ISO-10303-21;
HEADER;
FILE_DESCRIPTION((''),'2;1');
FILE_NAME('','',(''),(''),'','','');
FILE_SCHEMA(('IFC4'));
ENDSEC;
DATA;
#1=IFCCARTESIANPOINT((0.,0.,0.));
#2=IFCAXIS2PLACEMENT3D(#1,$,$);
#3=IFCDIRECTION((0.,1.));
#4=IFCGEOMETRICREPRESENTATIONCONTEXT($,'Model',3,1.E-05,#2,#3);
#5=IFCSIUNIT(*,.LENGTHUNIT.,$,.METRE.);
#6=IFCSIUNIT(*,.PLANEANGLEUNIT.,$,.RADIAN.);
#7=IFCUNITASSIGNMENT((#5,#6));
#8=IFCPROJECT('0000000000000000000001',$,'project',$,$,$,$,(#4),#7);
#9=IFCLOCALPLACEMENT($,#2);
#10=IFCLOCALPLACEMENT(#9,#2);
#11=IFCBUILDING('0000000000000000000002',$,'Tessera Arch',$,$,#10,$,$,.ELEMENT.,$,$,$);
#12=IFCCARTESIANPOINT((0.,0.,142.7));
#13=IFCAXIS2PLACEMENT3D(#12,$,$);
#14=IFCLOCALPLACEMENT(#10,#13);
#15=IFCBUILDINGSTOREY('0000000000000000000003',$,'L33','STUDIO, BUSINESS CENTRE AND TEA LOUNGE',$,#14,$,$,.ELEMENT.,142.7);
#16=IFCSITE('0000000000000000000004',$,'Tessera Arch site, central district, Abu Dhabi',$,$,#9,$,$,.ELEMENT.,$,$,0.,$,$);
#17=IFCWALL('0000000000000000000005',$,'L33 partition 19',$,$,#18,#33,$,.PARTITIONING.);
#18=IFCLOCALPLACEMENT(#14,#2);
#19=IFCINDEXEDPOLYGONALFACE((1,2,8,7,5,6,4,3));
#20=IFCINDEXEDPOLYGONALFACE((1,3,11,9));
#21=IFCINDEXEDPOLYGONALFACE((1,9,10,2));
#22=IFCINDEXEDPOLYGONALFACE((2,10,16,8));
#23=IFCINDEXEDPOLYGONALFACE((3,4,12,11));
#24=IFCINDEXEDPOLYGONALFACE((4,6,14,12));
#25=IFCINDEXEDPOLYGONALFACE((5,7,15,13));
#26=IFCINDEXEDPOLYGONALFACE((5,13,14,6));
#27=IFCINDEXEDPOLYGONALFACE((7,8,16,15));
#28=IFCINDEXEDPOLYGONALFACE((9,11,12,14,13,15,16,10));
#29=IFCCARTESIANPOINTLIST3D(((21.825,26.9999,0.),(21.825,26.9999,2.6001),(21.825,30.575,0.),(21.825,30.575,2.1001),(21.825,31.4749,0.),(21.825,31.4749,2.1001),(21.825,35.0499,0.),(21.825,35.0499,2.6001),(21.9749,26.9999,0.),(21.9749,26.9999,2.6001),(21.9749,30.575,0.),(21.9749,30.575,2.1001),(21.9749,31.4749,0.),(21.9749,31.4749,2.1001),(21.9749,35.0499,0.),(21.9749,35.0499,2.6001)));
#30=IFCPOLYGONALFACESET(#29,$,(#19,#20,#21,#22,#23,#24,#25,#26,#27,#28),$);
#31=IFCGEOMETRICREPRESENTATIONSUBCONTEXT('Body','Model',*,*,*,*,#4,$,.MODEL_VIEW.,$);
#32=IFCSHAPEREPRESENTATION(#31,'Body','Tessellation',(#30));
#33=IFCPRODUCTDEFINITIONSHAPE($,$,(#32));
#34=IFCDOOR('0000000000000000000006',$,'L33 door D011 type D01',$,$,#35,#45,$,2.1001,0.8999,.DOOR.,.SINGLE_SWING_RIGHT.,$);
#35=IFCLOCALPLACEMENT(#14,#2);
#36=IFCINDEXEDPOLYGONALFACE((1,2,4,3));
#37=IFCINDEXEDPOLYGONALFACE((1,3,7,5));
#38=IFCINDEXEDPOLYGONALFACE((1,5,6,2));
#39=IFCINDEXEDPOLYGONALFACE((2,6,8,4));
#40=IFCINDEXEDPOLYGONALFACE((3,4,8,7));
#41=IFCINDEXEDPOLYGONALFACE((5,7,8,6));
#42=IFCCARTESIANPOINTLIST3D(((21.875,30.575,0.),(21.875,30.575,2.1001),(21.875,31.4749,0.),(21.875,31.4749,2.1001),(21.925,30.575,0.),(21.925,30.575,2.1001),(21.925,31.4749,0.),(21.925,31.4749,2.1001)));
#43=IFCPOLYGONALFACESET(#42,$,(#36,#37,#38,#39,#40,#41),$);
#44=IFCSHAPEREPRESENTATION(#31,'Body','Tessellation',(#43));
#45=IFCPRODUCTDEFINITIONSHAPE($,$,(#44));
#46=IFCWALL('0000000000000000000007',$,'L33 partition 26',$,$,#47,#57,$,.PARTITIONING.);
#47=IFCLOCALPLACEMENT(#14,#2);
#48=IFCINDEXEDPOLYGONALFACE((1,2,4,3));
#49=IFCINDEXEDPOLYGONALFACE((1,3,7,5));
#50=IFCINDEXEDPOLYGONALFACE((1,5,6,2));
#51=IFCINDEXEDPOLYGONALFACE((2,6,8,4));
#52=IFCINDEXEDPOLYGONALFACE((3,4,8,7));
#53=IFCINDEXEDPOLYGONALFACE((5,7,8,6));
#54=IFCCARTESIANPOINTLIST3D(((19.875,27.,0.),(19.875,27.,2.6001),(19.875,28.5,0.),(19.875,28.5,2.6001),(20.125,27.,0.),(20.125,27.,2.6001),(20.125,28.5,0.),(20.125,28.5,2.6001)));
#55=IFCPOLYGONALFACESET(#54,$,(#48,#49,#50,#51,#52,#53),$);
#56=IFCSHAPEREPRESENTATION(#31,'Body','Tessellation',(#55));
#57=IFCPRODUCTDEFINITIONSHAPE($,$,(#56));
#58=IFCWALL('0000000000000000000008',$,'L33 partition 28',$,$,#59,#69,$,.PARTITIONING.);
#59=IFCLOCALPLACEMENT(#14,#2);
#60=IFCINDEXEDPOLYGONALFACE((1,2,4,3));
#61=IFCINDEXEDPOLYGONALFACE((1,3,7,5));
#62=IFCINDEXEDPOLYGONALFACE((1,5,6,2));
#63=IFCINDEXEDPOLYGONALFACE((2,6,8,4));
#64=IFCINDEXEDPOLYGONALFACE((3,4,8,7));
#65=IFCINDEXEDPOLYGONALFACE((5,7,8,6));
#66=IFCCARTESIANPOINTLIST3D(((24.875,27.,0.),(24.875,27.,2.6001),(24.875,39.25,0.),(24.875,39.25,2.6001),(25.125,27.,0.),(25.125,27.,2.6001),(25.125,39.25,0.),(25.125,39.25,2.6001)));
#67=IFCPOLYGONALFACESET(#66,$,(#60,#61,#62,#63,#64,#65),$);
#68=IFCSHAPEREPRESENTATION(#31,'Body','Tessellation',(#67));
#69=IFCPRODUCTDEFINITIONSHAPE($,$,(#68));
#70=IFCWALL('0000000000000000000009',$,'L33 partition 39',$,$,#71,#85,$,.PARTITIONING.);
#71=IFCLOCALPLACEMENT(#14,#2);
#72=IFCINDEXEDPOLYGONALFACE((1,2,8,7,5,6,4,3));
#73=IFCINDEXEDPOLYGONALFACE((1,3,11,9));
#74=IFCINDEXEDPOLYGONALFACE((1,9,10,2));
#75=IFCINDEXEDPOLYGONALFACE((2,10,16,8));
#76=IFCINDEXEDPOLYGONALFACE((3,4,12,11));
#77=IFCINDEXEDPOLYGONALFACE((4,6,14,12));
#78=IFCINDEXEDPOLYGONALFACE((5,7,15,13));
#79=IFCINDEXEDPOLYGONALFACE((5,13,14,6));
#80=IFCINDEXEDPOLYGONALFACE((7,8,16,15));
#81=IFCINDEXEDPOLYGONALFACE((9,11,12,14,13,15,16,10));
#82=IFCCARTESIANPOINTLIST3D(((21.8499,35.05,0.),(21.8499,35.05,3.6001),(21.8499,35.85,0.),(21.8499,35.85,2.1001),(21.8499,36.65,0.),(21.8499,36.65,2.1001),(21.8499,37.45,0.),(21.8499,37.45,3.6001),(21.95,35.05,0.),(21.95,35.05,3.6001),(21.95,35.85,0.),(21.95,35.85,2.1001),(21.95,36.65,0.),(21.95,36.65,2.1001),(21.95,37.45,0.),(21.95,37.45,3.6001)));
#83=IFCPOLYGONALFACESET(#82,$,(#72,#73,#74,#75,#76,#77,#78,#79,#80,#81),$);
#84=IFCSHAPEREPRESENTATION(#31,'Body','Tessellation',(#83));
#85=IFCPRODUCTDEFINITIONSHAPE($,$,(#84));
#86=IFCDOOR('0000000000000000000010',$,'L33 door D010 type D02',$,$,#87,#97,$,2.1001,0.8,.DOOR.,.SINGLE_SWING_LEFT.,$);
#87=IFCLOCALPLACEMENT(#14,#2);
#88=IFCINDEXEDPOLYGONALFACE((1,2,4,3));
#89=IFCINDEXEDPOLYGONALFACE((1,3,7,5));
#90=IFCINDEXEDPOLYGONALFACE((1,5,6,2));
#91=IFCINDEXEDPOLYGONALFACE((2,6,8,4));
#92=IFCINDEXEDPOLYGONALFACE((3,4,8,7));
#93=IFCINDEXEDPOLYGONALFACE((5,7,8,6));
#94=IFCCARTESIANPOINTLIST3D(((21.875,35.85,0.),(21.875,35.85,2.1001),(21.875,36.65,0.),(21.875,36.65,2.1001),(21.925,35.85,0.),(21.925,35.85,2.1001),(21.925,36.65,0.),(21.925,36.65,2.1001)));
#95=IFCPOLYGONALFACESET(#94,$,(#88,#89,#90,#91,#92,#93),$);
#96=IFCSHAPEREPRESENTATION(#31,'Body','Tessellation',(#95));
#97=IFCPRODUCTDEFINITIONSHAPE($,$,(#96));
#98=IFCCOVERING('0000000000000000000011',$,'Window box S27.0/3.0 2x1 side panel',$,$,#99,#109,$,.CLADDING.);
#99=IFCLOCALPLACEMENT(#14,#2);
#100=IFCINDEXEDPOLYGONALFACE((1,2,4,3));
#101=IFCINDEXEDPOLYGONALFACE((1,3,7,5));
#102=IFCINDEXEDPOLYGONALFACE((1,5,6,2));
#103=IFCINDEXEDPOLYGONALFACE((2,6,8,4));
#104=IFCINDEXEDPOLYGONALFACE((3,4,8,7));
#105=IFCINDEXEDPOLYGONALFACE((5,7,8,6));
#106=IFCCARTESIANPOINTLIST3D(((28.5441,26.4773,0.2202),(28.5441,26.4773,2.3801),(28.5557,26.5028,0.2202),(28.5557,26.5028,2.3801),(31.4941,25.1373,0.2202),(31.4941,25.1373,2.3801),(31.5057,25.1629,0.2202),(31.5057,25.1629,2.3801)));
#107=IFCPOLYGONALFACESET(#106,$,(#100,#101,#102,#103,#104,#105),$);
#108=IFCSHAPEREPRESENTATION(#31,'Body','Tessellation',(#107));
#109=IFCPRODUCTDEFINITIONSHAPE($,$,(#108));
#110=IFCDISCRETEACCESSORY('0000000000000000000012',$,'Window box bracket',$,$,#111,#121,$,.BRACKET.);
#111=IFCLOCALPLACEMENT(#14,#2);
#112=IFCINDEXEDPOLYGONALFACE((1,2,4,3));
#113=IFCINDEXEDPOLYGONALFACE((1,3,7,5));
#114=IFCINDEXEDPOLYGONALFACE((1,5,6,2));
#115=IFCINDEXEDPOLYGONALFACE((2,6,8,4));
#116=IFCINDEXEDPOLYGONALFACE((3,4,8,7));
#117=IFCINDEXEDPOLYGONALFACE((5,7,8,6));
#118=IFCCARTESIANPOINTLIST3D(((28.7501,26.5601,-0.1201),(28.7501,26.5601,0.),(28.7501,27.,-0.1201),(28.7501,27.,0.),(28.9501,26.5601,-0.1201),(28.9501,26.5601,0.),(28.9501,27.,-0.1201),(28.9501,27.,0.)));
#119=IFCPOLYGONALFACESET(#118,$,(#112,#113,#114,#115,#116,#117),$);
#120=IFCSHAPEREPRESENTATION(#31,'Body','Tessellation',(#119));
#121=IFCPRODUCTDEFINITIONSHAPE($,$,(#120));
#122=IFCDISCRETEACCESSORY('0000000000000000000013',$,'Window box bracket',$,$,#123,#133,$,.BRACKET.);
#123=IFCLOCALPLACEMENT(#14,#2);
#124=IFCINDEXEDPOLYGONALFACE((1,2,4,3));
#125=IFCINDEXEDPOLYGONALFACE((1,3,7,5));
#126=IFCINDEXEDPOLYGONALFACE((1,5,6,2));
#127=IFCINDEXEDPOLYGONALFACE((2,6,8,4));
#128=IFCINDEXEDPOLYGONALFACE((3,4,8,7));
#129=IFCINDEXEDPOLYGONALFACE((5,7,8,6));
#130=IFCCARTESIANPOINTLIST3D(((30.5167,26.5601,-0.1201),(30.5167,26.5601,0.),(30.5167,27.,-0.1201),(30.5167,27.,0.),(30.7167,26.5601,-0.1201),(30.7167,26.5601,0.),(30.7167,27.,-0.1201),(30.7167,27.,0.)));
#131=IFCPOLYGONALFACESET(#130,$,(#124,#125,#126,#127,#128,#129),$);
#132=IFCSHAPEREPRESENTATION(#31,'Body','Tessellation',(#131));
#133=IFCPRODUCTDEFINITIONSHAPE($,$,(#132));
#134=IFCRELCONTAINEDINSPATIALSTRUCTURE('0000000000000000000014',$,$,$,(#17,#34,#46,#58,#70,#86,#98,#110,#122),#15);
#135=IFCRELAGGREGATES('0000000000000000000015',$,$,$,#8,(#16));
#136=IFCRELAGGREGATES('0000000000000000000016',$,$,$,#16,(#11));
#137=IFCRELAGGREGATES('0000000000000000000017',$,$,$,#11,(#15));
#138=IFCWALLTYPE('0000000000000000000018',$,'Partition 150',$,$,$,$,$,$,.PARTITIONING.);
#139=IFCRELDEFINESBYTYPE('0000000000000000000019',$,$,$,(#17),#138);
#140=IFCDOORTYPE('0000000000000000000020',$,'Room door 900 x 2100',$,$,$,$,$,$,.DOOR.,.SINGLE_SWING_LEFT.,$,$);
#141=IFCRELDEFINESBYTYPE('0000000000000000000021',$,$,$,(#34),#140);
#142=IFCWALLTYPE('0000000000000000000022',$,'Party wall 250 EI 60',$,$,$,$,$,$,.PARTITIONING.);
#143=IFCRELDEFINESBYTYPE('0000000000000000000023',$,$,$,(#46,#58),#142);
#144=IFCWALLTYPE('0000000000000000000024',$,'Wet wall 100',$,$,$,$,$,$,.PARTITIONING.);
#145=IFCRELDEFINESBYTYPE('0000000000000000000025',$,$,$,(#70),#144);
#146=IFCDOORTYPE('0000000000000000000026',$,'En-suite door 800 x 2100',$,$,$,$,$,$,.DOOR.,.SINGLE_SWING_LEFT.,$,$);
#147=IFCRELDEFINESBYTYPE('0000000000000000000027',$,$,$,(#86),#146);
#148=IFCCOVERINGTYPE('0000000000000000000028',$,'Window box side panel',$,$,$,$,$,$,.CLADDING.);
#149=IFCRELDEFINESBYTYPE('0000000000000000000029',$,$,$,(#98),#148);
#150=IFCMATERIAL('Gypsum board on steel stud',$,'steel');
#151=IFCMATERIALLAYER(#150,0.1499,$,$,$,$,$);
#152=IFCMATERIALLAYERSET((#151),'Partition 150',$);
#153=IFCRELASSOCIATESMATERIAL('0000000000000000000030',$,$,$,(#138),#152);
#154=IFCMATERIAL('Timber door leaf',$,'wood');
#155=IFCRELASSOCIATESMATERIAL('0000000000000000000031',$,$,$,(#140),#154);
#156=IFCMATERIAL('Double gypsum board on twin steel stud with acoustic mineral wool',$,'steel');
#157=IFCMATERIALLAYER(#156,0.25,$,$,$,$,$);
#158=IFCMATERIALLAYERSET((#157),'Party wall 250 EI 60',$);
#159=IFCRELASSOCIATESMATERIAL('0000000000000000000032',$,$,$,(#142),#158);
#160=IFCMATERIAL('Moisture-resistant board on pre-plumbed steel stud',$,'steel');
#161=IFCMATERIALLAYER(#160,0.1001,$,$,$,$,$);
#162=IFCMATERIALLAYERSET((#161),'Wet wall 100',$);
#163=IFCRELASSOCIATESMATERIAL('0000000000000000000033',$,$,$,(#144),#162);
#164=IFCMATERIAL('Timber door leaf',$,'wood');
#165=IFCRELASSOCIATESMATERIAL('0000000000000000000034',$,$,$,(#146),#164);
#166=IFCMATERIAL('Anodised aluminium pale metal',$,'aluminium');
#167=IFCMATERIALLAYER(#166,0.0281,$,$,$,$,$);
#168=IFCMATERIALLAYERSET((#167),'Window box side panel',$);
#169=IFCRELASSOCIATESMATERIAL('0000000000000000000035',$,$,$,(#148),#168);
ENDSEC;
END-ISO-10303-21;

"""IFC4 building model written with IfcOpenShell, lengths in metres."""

from ifc_helpers import new_model, si_unit, direction, frame, frame_2d, origin, origin_2d, place, context, subcontext, project, spatial, rectangle, extrude, material, layer, layer_set, type_object, element, fill, save


model = new_model("IFC4")

# Units and contexts
model_context = context("Model", 3, precision=1e-05, world=origin(), true_north=direction((0.0, 1.0)))
body_context = subcontext(model_context, "Body", "Model", "MODEL_VIEW")
ifc_project = project(units=[si_unit("LENGTHUNIT", "METRE"), si_unit("PLANEANGLEUNIT", "RADIAN")], contexts=[model_context])

# Site, building, storey
site_placement = place(None, origin())
site = spatial("IfcSite", under=ifc_project, at=site_placement, Name="Tessera Arch site, central district, Abu Dhabi", CompositionType="ELEMENT", RefElevation=0.0)
building_placement = place(site_placement, origin())
building = spatial("IfcBuilding", under=site, at=building_placement, Name="Tessera Arch", CompositionType="ELEMENT")
storey_placement = place(building_placement, frame((0.0, 0.0, 142.7)))
storey = spatial("IfcBuildingStorey", under=building, at=storey_placement, Name="L33", Description="STUDIO, BUSINESS CENTRE AND TEA LOUNGE", CompositionType="ELEMENT", Elevation=142.7)

# Wall, opening, door
ifc_material_1 = material(Name="Gypsum board on steel stud", Category="steel")
ifc_layer_1 = layer(ifc_material_1, 0.1499)
ifc_layer_set_1 = layer_set([ifc_layer_1], Name="Partition 150")
wall_type_1 = type_object("IfcWallType", Name="Partition 150", PredefinedType="PARTITIONING", material=ifc_layer_set_1)
wall_1_placement = place(storey_placement, frame((21.8999, 27.0, 0.0), z_axis=(0.0, 0.0, 1.0), x_axis=(0.0, 1.0, 0.0)))
wall_1 = element("IfcWall", 1, at=wall_1_placement, inside=storey, type_object=wall_type_1, Name="L33 partition 19", PredefinedType="PARTITIONING", context=body_context, shape_type="SweptSolid", body=[
    extrude(rectangle(XDim=8.05, YDim=0.1499, at=frame_2d((4.0249, 0.0))), origin(), (0.0, 0.0, 1.0), 2.6001),
])
opening_1_placement = place(wall_1_placement, frame((3.575, 0.0, 0.0)))
opening_1 = element("IfcOpeningElement", 2, at=opening_1_placement, cuts=wall_1, PredefinedType="OPENING", context=body_context, shape_type="SweptSolid", body=[
    extrude(rectangle(XDim=0.8999, YDim=2.1001, at=frame_2d((0.45, 1.05))), frame((0.0, 0.085, 0.0), z_axis=(0.0, -1.0, 0.0), x_axis=(1.0, 0.0, 0.0)), (0.0, 0.0, 1.0), 0.1699),
])
ifc_material_2 = material(Name="Timber door leaf", Category="wood")
door_type_1 = type_object("IfcDoorType", Name="Room door 900 x 2100", OperationType="SINGLE_SWING_LEFT", PredefinedType="DOOR", material=ifc_material_2)
door_1_placement = place(opening_1_placement, origin())
door_1 = element("IfcDoor", 3, at=door_1_placement, inside=storey, type_object=door_type_1, Name="L33 door D011 type D01", OperationType="SINGLE_SWING_RIGHT", OverallHeight=2.1001, OverallWidth=0.8999, PredefinedType="DOOR", context=body_context, shape_type="SweptSolid", body=[
    extrude(rectangle(XDim=0.8999, YDim=2.1001, at=frame_2d((0.45, 1.05))), frame((0.0, 0.0249, 0.0), z_axis=(0.0, -1.0, 0.0), x_axis=(1.0, 0.0, 0.0)), (0.0, 0.0, 1.0), 0.05),
])
fill(opening_1, door_1)

# Walls
ifc_material_3 = material(Name="Double gypsum board on twin steel stud with acoustic mineral wool", Category="steel")
ifc_layer_2 = layer(ifc_material_3, 0.25)
ifc_layer_set_2 = layer_set([ifc_layer_2], Name="Party wall 250 EI 60")
wall_type_2 = type_object("IfcWallType", Name="Party wall 250 EI 60", PredefinedType="PARTITIONING", material=ifc_layer_set_2)
wall_2_placement = place(storey_placement, frame((20.0, 27.0, 0.0), z_axis=(0.0, 0.0, 1.0), x_axis=(0.0, 1.0, 0.0)))
element("IfcWall", 4, at=wall_2_placement, inside=storey, type_object=wall_type_2, Name="L33 partition 26", PredefinedType="PARTITIONING", context=body_context, shape_type="SweptSolid", body=[
    extrude(rectangle(XDim=1.5, YDim=0.25, at=frame_2d((0.75, 0.0))), origin(), (0.0, 0.0, 1.0), 2.6001),
])
wall_3_placement = place(storey_placement, frame((25.0, 27.0, 0.0), z_axis=(0.0, 0.0, 1.0), x_axis=(0.0, 1.0, 0.0)))
element("IfcWall", 5, at=wall_3_placement, inside=storey, type_object=wall_type_2, Name="L33 partition 28", PredefinedType="PARTITIONING", context=body_context, shape_type="SweptSolid", body=[
    extrude(rectangle(XDim=12.25, YDim=0.25, at=frame_2d((6.125, 0.0))), origin(), (0.0, 0.0, 1.0), 2.6001),
])

# Wall, opening, door
ifc_material_4 = material(Name="Moisture-resistant board on pre-plumbed steel stud", Category="steel")
ifc_layer_3 = layer(ifc_material_4, 0.1001)
ifc_layer_set_3 = layer_set([ifc_layer_3], Name="Wet wall 100")
wall_type_3 = type_object("IfcWallType", Name="Wet wall 100", PredefinedType="PARTITIONING", material=ifc_layer_set_3)
wall_4_placement = place(storey_placement, frame((21.8999, 35.05, 0.0), z_axis=(0.0, 0.0, 1.0), x_axis=(0.0, 1.0, 0.0)))
wall_4 = element("IfcWall", 6, at=wall_4_placement, inside=storey, type_object=wall_type_3, Name="L33 partition 39", PredefinedType="PARTITIONING", context=body_context, shape_type="SweptSolid", body=[
    extrude(rectangle(XDim=2.3999, YDim=0.1001, at=frame_2d((1.2, 0.0))), origin(), (0.0, 0.0, 1.0), 3.6001),
])
opening_2_placement = place(wall_4_placement, frame((0.8, 0.0, 0.0)))
opening_2 = element("IfcOpeningElement", 7, at=opening_2_placement, cuts=wall_4, PredefinedType="OPENING", context=body_context, shape_type="SweptSolid", body=[
    extrude(rectangle(XDim=0.8, YDim=2.1001, at=frame_2d((0.3999, 1.05))), frame((0.0, 0.0601, 0.0), z_axis=(0.0, -1.0, 0.0), x_axis=(1.0, 0.0, 0.0)), (0.0, 0.0, 1.0), 0.1201),
])
ifc_material_5 = material(Name="Timber door leaf", Category="wood")
door_type_2 = type_object("IfcDoorType", Name="En-suite door 800 x 2100", OperationType="SINGLE_SWING_LEFT", PredefinedType="DOOR", material=ifc_material_5)
door_2_placement = place(opening_2_placement, origin())
door_2 = element("IfcDoor", 8, at=door_2_placement, inside=storey, type_object=door_type_2, Name="L33 door D010 type D02", OperationType="SINGLE_SWING_LEFT", OverallHeight=2.1001, OverallWidth=0.8, PredefinedType="DOOR", context=body_context, shape_type="SweptSolid", body=[
    extrude(rectangle(XDim=0.8, YDim=2.1001, at=frame_2d((0.3999, 1.05))), frame((0.0, 0.0249, 0.0), z_axis=(0.0, -1.0, 0.0), x_axis=(1.0, 0.0, 0.0)), (0.0, 0.0, 1.0), 0.05),
])
fill(opening_2, door_2)

# Covering
ifc_material_6 = material(Name="Anodised aluminium pale metal", Category="aluminium")
ifc_layer_4 = layer(ifc_material_6, 0.0281)
ifc_layer_set_4 = layer_set([ifc_layer_4], Name="Window box side panel")
covering_type = type_object("IfcCoveringType", Name="Window box side panel", PredefinedType="CLADDING", material=ifc_layer_set_4)
covering_placement = place(storey_placement, frame((30.0249, 25.8201, 0.2202), z_axis=(0.0, 0.0, 1.0), x_axis=(0.910472, -0.41357, 0.0)))
element("IfcCovering", 9, at=covering_placement, inside=storey, type_object=covering_type, Name="Window box S27.0/3.0 2x1 side panel", PredefinedType="CLADDING", context=body_context, shape_type="SweptSolid", body=[
    extrude(rectangle(XDim=3.24, YDim=0.0281, at=origin_2d()), origin(), (0.0, 0.0, 1.0), 2.1599),
])

# Discrete accessories
for number, where, z_axis, x_axis, name in (
    (10, (28.8501, 26.78, -0.1201), (0.0, 0.0, 1.0), (0.0, -1.0, 0.0), "Window box bracket"),
    (11, (30.6167, 26.78, -0.1201), (0.0, 0.0, 1.0), (0.0, -1.0, 0.0), "Window box bracket"),
):
    element("IfcDiscreteAccessory", number, at=place(storey_placement, frame(where, z_axis=z_axis, x_axis=x_axis)), inside=storey, Name=name, PredefinedType="BRACKET", context=body_context, shape_type="SweptSolid", body=[
        extrude(rectangle(XDim=0.4399, YDim=0.2, at=origin_2d()), origin(), (0.0, 0.0, 1.0), 0.1201),
    ])

save(model, "model.ifc")
